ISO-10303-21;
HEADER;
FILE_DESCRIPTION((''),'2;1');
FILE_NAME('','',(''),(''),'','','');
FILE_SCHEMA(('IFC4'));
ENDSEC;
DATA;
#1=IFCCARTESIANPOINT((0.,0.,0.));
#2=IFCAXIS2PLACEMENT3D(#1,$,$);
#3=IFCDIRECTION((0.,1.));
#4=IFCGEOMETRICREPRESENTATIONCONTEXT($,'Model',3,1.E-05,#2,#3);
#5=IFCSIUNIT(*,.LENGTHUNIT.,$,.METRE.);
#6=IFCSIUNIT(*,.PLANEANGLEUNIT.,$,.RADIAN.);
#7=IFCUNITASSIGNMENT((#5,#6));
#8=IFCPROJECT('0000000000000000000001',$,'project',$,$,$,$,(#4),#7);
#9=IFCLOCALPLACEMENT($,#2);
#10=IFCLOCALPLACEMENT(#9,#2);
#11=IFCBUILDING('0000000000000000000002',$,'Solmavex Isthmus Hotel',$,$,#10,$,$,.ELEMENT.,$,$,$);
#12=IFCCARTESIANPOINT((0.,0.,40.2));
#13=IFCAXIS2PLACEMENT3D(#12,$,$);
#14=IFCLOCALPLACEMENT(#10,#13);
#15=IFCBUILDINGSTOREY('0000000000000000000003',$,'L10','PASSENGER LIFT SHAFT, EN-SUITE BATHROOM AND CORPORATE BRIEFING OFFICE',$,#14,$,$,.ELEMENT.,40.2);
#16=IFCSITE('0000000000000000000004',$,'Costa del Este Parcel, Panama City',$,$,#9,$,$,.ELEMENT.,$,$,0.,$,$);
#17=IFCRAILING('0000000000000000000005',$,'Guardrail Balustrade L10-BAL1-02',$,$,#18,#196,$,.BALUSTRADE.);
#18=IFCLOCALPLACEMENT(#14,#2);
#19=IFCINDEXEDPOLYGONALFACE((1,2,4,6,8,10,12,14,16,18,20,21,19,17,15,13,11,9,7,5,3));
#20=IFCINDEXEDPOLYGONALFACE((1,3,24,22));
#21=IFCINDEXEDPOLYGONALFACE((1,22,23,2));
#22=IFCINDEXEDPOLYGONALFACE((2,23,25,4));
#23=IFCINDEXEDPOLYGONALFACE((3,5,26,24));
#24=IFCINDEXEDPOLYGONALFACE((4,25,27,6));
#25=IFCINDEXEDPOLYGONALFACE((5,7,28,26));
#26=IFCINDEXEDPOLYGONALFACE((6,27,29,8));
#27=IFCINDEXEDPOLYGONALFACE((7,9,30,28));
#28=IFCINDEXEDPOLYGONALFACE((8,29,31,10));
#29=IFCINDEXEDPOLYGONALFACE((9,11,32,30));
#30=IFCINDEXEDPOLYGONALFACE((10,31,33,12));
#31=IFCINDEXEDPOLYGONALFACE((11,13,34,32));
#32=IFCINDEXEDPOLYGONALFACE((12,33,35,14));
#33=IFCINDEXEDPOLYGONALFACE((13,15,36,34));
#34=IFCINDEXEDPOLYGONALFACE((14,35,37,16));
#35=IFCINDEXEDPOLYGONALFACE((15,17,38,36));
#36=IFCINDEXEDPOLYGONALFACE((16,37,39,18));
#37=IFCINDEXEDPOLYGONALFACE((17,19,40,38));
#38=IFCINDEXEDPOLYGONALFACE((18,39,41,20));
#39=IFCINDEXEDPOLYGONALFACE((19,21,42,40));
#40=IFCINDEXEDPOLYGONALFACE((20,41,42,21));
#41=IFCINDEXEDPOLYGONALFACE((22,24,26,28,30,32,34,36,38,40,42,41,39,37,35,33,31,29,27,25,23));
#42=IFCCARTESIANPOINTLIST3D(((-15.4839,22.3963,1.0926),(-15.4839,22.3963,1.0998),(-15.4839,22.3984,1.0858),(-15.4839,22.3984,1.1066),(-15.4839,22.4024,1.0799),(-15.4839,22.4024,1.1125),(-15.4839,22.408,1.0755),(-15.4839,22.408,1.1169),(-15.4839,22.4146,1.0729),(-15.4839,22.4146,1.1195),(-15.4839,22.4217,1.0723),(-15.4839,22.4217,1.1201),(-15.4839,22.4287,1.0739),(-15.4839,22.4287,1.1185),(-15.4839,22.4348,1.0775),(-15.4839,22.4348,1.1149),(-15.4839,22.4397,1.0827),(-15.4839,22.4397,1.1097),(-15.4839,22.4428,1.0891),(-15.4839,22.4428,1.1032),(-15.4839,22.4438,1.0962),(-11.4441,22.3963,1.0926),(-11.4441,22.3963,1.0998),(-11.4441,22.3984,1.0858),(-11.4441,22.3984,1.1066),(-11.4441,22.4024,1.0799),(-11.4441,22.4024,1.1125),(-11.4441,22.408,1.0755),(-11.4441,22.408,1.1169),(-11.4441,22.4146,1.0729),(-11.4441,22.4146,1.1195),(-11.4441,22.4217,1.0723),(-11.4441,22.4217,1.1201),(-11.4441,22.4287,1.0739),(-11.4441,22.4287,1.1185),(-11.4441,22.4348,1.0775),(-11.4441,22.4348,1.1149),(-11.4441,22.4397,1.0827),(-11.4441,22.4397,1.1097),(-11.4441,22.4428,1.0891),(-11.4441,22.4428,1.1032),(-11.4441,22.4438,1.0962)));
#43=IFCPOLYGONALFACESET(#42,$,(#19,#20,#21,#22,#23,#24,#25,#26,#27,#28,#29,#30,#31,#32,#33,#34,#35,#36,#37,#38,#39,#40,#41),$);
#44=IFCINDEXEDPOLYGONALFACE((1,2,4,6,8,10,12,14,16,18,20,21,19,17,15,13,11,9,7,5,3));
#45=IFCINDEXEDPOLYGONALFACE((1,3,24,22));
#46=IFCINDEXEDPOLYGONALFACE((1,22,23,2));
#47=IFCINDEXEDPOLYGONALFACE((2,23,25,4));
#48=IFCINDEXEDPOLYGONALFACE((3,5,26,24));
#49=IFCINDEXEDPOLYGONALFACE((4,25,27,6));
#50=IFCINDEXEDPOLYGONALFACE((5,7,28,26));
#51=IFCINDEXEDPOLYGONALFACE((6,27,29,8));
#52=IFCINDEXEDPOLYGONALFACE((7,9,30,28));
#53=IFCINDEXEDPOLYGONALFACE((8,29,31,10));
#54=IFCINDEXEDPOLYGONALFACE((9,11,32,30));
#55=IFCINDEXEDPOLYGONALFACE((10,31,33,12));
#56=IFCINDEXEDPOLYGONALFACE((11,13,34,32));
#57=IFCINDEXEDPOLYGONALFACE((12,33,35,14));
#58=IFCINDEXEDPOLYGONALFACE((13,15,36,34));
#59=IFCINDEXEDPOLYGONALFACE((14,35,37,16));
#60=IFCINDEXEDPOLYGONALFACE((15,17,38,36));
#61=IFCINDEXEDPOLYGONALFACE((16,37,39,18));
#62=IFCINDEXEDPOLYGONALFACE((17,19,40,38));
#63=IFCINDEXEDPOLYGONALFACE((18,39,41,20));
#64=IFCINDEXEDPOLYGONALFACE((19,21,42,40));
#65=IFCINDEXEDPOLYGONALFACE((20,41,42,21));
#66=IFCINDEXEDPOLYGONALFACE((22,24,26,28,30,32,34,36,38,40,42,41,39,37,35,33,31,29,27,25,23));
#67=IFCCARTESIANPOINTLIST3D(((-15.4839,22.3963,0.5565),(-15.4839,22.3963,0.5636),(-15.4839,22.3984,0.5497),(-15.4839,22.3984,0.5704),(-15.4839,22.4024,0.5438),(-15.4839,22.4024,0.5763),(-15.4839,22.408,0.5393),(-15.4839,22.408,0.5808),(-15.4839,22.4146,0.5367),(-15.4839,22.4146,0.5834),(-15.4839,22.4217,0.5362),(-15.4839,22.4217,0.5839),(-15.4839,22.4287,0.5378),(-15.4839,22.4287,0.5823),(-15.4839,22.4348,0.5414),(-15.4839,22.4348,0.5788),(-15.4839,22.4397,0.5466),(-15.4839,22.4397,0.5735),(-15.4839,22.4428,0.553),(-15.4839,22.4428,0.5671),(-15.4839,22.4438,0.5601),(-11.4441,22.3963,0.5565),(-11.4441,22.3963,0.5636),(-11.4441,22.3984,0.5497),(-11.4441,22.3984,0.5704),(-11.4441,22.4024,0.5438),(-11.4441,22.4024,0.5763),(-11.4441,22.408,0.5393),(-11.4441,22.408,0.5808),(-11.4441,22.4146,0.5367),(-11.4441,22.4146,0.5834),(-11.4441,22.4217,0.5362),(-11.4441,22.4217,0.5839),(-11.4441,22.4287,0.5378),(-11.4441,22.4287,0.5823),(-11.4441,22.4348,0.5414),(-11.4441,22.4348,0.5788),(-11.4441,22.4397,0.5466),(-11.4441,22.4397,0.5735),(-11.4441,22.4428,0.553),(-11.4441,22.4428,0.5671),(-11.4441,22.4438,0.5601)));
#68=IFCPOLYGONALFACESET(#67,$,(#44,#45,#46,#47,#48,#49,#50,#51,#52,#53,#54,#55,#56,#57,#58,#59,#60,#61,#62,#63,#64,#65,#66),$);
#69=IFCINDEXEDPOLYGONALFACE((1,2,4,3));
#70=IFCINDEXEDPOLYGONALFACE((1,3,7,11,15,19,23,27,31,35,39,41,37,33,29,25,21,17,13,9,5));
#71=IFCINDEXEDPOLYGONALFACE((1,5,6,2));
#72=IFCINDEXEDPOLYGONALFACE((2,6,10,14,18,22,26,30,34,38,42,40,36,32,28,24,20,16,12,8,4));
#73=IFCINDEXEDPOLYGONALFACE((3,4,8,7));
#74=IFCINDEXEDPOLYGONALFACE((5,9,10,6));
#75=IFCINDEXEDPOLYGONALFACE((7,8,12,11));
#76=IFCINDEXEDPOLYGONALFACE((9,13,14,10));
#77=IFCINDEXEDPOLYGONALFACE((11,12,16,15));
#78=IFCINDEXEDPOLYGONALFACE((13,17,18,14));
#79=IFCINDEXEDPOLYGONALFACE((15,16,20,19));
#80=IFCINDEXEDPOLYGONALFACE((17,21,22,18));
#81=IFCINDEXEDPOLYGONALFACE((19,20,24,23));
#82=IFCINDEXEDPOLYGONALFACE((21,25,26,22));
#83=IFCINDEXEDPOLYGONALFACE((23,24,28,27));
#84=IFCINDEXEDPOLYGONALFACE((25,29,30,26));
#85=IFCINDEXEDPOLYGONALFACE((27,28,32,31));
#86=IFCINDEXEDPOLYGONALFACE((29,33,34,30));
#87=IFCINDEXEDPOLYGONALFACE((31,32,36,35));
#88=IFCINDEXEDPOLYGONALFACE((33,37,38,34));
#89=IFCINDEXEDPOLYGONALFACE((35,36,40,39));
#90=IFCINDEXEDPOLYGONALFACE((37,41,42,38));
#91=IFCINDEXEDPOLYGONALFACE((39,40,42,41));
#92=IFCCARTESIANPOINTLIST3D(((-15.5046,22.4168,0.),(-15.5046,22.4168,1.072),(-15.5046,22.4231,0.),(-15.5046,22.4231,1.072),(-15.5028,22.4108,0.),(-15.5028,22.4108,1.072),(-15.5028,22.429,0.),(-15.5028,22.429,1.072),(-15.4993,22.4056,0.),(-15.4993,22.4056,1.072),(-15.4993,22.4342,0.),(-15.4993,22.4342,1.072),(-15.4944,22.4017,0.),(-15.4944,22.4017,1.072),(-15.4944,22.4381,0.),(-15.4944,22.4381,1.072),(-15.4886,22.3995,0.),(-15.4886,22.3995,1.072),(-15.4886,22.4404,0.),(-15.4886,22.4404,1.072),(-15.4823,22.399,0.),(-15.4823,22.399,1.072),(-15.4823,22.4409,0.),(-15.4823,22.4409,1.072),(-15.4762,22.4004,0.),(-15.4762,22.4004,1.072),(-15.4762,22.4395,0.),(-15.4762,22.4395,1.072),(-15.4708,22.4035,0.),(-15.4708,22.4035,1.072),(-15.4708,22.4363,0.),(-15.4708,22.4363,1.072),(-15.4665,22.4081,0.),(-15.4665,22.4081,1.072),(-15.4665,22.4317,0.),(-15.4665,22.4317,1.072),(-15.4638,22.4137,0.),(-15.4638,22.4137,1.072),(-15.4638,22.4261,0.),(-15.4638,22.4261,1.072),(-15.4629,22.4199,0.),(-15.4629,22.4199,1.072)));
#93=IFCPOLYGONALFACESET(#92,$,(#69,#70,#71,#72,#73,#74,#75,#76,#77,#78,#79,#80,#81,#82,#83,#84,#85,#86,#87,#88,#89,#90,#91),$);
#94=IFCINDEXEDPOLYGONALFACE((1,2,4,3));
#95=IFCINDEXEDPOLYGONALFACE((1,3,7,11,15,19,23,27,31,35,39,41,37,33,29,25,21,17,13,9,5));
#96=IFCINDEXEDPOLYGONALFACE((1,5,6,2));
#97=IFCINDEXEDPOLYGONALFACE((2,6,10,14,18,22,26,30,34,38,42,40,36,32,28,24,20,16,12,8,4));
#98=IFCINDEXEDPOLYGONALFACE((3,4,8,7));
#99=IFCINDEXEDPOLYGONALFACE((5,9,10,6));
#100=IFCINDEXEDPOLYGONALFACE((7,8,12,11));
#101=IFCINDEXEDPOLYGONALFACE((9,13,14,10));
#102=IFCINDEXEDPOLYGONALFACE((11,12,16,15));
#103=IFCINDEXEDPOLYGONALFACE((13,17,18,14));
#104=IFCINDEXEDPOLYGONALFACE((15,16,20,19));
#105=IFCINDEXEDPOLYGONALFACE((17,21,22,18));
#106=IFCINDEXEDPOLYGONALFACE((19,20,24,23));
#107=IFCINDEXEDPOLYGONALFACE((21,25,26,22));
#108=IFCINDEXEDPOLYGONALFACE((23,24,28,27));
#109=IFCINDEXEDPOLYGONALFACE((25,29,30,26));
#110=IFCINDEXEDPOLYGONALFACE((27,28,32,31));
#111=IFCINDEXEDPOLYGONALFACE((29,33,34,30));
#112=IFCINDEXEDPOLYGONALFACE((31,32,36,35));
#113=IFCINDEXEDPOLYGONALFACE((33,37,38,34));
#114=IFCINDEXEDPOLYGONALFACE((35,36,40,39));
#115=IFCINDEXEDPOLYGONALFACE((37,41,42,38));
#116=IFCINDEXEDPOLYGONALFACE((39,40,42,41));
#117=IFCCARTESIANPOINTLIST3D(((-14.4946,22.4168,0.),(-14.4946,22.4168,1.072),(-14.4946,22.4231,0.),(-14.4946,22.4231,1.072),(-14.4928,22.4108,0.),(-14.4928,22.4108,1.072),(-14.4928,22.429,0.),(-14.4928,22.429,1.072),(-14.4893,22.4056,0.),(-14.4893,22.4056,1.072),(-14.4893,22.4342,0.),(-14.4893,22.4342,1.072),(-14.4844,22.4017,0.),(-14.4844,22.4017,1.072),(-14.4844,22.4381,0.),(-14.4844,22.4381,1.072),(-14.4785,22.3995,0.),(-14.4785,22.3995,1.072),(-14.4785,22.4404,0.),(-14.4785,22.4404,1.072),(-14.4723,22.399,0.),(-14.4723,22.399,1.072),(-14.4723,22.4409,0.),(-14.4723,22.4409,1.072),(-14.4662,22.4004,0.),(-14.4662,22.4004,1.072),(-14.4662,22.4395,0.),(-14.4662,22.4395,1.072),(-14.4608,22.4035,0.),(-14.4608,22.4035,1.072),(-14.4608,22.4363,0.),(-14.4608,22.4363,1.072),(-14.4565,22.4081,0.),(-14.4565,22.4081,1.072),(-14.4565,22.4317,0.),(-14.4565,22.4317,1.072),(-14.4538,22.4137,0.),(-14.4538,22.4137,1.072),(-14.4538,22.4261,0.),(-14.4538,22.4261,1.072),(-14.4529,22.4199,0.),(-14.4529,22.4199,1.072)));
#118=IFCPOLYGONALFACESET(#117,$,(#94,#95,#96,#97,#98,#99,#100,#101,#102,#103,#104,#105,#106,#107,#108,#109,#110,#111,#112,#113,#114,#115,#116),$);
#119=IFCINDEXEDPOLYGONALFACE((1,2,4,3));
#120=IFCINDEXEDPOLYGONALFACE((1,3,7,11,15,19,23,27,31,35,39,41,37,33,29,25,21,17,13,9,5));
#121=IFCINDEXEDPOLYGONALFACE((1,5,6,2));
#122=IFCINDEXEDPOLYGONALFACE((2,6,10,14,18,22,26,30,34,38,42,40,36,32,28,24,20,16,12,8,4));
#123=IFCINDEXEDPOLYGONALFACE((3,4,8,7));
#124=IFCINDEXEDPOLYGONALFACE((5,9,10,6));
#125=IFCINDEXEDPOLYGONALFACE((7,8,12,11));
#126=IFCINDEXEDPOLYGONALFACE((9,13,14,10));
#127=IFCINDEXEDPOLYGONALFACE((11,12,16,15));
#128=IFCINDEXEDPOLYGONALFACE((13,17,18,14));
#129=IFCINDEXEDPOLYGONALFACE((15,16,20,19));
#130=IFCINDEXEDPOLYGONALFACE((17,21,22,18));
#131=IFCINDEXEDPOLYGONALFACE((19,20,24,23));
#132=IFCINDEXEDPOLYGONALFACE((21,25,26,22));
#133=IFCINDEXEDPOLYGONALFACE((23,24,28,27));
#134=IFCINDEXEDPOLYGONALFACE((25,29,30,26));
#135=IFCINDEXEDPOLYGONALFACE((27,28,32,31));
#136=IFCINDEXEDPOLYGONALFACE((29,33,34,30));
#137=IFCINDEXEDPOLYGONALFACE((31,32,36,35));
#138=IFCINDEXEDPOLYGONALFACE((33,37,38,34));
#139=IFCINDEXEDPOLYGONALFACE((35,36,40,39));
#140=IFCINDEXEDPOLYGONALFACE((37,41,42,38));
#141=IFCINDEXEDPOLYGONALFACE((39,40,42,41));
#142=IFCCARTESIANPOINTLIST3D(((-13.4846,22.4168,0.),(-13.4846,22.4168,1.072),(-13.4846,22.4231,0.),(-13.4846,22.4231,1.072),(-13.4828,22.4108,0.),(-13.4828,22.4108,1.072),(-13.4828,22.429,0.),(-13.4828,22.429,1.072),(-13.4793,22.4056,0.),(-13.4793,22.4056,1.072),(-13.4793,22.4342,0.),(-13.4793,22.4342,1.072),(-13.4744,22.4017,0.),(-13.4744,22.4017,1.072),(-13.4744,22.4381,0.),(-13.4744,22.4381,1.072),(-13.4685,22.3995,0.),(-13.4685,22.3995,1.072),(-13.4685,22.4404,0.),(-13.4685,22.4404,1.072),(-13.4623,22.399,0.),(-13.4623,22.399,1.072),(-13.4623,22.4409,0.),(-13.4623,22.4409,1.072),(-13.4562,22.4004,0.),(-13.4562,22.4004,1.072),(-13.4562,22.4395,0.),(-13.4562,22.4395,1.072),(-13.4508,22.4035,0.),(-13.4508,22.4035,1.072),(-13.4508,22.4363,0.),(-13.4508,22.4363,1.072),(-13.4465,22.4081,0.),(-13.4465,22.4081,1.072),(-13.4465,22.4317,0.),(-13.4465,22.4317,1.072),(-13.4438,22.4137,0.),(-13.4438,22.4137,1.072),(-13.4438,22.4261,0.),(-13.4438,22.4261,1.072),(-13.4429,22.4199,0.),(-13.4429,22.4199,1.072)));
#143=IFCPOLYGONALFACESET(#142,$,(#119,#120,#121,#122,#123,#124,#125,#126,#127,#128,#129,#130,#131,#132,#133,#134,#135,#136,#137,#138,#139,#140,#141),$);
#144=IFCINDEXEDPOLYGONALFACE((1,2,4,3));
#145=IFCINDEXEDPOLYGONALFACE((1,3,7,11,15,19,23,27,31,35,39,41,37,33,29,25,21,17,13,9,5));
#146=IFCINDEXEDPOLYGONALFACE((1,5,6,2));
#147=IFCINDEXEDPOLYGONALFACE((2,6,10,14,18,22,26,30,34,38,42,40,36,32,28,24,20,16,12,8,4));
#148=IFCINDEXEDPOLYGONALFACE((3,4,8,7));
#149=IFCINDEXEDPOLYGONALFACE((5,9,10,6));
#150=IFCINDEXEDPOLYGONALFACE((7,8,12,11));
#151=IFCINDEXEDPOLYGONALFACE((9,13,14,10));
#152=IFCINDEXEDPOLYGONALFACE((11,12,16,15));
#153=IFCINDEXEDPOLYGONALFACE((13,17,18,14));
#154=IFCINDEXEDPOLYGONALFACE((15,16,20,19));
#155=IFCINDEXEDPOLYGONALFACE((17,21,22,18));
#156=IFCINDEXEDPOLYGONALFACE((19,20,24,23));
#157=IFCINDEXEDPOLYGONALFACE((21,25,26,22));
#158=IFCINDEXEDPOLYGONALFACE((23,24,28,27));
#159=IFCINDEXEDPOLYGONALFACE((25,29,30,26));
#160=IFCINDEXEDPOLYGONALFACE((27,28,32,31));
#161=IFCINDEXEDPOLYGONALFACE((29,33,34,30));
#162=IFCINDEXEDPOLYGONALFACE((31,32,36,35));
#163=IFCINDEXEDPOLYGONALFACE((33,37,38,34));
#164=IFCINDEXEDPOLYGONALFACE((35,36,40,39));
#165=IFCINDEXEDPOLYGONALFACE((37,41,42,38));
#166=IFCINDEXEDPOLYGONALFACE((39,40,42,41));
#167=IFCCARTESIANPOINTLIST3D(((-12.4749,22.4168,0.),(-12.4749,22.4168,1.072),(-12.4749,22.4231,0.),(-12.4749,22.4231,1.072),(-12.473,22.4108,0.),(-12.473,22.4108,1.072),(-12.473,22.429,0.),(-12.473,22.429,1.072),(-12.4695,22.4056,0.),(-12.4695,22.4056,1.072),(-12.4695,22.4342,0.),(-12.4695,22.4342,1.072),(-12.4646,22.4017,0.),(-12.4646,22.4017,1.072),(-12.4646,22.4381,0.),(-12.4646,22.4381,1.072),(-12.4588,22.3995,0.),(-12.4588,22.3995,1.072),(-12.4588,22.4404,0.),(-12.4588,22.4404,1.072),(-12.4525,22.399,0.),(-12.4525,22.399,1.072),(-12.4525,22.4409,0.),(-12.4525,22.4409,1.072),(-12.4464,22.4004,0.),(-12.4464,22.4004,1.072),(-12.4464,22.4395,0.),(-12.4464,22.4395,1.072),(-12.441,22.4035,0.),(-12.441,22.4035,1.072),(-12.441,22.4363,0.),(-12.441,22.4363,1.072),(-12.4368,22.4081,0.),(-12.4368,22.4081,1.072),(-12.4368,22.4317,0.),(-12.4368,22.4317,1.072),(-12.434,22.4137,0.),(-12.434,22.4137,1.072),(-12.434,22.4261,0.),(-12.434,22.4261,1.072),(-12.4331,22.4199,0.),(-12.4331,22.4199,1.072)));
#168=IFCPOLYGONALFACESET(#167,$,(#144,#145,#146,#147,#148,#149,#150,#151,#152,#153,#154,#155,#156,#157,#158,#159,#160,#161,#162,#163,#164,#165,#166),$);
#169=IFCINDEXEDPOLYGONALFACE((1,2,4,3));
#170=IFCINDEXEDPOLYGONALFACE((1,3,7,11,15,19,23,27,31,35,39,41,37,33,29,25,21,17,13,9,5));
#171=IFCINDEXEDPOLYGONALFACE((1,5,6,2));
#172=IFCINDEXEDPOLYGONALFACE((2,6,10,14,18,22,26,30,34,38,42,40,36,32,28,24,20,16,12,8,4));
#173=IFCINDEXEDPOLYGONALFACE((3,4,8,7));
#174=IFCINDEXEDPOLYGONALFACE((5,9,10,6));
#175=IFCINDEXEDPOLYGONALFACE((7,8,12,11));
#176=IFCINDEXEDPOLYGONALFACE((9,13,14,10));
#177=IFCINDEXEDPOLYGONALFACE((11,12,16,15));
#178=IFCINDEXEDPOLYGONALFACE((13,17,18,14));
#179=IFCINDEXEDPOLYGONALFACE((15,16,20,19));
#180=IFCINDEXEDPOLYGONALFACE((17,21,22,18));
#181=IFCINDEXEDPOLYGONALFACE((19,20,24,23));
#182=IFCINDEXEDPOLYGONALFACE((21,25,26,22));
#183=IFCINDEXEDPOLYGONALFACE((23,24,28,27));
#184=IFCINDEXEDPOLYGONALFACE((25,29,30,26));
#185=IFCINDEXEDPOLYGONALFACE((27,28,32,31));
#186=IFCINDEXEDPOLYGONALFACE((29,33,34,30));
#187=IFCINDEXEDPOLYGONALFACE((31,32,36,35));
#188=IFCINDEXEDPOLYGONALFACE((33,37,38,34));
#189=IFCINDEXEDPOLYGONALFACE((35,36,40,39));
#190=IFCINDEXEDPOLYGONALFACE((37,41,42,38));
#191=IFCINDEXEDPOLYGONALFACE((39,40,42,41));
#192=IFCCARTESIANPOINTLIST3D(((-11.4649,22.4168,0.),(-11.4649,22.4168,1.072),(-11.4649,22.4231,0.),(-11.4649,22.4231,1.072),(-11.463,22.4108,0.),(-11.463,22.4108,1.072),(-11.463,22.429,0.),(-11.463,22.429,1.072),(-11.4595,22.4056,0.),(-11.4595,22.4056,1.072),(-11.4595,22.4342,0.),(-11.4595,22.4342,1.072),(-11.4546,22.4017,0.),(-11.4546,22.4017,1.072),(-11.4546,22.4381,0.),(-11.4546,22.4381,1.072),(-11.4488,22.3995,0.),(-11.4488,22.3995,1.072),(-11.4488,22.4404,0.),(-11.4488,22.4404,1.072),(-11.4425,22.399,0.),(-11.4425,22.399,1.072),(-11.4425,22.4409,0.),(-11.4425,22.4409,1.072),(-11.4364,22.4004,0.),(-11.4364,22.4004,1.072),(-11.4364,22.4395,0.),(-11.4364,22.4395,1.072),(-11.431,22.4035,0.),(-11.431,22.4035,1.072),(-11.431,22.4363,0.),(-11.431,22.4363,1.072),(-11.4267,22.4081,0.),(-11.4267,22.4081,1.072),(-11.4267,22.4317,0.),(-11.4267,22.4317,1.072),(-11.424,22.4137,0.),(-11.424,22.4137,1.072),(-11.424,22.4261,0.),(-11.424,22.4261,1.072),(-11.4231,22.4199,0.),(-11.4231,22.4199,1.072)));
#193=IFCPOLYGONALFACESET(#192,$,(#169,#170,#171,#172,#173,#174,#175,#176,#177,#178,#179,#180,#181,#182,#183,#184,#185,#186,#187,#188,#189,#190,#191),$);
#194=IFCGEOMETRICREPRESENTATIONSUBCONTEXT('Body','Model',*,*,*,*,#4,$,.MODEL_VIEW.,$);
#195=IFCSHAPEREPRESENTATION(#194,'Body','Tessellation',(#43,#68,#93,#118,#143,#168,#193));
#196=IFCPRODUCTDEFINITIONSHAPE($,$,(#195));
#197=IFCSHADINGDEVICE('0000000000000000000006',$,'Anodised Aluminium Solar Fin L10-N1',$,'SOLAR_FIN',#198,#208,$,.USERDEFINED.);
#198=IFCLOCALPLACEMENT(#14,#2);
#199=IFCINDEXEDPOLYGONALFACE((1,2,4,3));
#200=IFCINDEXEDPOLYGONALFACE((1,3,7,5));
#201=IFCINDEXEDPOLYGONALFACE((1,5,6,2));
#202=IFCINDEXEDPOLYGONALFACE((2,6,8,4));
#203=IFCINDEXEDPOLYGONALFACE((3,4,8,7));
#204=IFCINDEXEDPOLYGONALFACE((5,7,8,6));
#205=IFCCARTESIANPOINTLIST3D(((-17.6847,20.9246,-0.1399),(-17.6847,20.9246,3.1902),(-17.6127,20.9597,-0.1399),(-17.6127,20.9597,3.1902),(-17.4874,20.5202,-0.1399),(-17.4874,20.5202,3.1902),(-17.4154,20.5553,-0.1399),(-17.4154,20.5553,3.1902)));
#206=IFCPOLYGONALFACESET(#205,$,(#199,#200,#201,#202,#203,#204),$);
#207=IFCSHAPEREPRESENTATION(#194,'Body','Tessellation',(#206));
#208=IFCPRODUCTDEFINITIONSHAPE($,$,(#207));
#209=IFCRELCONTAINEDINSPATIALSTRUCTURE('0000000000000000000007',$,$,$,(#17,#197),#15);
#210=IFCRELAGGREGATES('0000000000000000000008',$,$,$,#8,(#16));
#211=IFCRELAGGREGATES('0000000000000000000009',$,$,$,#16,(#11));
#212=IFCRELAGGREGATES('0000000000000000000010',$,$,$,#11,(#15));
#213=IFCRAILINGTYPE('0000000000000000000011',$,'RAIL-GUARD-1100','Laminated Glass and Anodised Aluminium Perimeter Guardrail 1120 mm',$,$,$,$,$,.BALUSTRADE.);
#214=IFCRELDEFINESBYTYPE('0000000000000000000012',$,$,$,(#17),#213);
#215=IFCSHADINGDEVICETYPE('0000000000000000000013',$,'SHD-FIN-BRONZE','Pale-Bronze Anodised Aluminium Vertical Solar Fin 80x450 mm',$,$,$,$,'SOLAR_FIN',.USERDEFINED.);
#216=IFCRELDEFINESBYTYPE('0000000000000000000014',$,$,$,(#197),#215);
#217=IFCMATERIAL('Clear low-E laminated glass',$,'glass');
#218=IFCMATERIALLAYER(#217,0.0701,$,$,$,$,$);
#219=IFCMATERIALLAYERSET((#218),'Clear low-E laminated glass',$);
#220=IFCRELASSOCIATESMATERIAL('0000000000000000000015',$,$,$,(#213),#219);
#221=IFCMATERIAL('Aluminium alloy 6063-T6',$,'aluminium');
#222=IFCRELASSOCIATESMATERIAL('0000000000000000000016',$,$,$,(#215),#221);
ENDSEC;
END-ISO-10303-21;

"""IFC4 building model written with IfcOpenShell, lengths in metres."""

from ifc_helpers import new_model, si_unit, direction, frame, origin, origin_2d, place, context, subcontext, project, spatial, rectangle, circle, extrude, material, layer, layer_set, type_object, element, save


model = new_model("IFC4")

# Units and contexts
model_context = context("Model", 3, precision=1e-05, world=origin(), true_north=direction((0.0, 1.0)))
body_context = subcontext(model_context, "Body", "Model", "MODEL_VIEW")
ifc_project = project(units=[si_unit("LENGTHUNIT", "METRE"), si_unit("PLANEANGLEUNIT", "RADIAN")], contexts=[model_context])

# Site, building, storey
site_placement = place(None, origin())
site = spatial("IfcSite", under=ifc_project, at=site_placement, Name="Costa del Este Parcel, Panama City", CompositionType="ELEMENT", RefElevation=0.0)
building_placement = place(site_placement, origin())
building = spatial("IfcBuilding", under=site, at=building_placement, Name="Solmavex Isthmus Hotel", CompositionType="ELEMENT")
storey_placement = place(building_placement, frame((0.0, 0.0, 40.2)))
storey = spatial("IfcBuildingStorey", under=building, at=storey_placement, Name="L10", Description="PASSENGER LIFT SHAFT, EN-SUITE BATHROOM AND CORPORATE BRIEFING OFFICE", CompositionType="ELEMENT", Elevation=40.2)

# Shared definitions
ifc_material_1 = material(Name="Aluminium alloy 6063-T6", Category="aluminium")

# Shared definitions
ifc_material_2 = material(Name="Clear low-E laminated glass", Category="glass")

# Railing
ifc_layer_1 = layer(ifc_material_2, 0.0701)
ifc_layer_set_1 = layer_set([ifc_layer_1], Name="Clear low-E laminated glass")
railing_type = type_object("IfcRailingType", Name="RAIL-GUARD-1100", Description="Laminated Glass and Anodised Aluminium Perimeter Guardrail 1120 mm", PredefinedType="BALUSTRADE", material=ifc_layer_set_1)
railing_1_placement = place(storey_placement, frame((-15.4839, 22.4199, 0.0)))
element("IfcRailing", 1, at=railing_1_placement, inside=storey, type_object=railing_type, Name="Guardrail Balustrade L10-BAL1-02", PredefinedType="BALUSTRADE", context=body_context, shape_type="SweptSolid", body=[
    extrude(circle(Radius=0.0239, at=origin_2d()), frame((0.0, 0.0, 1.0962), z_axis=(1.0, 0.0, 0.0), x_axis=(0.0, 1.0, 0.0)), (0.0, 0.0, 1.0), 4.0398),
    extrude(circle(Radius=0.0239, at=origin_2d()), frame((0.0, 0.0, 0.5601), z_axis=(1.0, 0.0, 0.0), x_axis=(0.0, 1.0, 0.0)), (0.0, 0.0, 1.0), 4.0398),
    extrude(circle(Radius=0.021, at=origin_2d()), origin(), (0.0, 0.0, 1.0), 1.072),
    extrude(circle(Radius=0.021, at=origin_2d()), frame((1.01, 0.0, 0.0)), (0.0, 0.0, 1.0), 1.072),
    extrude(circle(Radius=0.021, at=origin_2d()), frame((2.02, 0.0, 0.0)), (0.0, 0.0, 1.0), 1.072),
    extrude(circle(Radius=0.021, at=origin_2d()), frame((3.0298, 0.0, 0.0)), (0.0, 0.0, 1.0), 1.072),
    extrude(circle(Radius=0.021, at=origin_2d()), frame((4.0398, 0.0, 0.0)), (0.0, 0.0, 1.0), 1.072),
])

# Shading device
shading_device_type = type_object("IfcShadingDeviceType", Name="SHD-FIN-BRONZE", Description="Pale-Bronze Anodised Aluminium Vertical Solar Fin 80x450 mm", ElementType="SOLAR_FIN", PredefinedType="USERDEFINED", material=ifc_material_1)
shading_device_placement = place(storey_placement, frame((-17.55, 20.74, -0.1399), z_axis=(0.0, 0.0, 1.0), x_axis=(-0.438371, 0.898794, 0.0)))
element("IfcShadingDevice", 2, at=shading_device_placement, inside=storey, type_object=shading_device_type, Name="Anodised Aluminium Solar Fin L10-N1", ObjectType="SOLAR_FIN", PredefinedType="USERDEFINED", context=body_context, shape_type="SweptSolid", body=[
    extrude(rectangle(XDim=0.45, YDim=0.0801, at=origin_2d()), origin(), (0.0, 0.0, 1.0), 3.3301),
])

save(model, "model.ifc")
